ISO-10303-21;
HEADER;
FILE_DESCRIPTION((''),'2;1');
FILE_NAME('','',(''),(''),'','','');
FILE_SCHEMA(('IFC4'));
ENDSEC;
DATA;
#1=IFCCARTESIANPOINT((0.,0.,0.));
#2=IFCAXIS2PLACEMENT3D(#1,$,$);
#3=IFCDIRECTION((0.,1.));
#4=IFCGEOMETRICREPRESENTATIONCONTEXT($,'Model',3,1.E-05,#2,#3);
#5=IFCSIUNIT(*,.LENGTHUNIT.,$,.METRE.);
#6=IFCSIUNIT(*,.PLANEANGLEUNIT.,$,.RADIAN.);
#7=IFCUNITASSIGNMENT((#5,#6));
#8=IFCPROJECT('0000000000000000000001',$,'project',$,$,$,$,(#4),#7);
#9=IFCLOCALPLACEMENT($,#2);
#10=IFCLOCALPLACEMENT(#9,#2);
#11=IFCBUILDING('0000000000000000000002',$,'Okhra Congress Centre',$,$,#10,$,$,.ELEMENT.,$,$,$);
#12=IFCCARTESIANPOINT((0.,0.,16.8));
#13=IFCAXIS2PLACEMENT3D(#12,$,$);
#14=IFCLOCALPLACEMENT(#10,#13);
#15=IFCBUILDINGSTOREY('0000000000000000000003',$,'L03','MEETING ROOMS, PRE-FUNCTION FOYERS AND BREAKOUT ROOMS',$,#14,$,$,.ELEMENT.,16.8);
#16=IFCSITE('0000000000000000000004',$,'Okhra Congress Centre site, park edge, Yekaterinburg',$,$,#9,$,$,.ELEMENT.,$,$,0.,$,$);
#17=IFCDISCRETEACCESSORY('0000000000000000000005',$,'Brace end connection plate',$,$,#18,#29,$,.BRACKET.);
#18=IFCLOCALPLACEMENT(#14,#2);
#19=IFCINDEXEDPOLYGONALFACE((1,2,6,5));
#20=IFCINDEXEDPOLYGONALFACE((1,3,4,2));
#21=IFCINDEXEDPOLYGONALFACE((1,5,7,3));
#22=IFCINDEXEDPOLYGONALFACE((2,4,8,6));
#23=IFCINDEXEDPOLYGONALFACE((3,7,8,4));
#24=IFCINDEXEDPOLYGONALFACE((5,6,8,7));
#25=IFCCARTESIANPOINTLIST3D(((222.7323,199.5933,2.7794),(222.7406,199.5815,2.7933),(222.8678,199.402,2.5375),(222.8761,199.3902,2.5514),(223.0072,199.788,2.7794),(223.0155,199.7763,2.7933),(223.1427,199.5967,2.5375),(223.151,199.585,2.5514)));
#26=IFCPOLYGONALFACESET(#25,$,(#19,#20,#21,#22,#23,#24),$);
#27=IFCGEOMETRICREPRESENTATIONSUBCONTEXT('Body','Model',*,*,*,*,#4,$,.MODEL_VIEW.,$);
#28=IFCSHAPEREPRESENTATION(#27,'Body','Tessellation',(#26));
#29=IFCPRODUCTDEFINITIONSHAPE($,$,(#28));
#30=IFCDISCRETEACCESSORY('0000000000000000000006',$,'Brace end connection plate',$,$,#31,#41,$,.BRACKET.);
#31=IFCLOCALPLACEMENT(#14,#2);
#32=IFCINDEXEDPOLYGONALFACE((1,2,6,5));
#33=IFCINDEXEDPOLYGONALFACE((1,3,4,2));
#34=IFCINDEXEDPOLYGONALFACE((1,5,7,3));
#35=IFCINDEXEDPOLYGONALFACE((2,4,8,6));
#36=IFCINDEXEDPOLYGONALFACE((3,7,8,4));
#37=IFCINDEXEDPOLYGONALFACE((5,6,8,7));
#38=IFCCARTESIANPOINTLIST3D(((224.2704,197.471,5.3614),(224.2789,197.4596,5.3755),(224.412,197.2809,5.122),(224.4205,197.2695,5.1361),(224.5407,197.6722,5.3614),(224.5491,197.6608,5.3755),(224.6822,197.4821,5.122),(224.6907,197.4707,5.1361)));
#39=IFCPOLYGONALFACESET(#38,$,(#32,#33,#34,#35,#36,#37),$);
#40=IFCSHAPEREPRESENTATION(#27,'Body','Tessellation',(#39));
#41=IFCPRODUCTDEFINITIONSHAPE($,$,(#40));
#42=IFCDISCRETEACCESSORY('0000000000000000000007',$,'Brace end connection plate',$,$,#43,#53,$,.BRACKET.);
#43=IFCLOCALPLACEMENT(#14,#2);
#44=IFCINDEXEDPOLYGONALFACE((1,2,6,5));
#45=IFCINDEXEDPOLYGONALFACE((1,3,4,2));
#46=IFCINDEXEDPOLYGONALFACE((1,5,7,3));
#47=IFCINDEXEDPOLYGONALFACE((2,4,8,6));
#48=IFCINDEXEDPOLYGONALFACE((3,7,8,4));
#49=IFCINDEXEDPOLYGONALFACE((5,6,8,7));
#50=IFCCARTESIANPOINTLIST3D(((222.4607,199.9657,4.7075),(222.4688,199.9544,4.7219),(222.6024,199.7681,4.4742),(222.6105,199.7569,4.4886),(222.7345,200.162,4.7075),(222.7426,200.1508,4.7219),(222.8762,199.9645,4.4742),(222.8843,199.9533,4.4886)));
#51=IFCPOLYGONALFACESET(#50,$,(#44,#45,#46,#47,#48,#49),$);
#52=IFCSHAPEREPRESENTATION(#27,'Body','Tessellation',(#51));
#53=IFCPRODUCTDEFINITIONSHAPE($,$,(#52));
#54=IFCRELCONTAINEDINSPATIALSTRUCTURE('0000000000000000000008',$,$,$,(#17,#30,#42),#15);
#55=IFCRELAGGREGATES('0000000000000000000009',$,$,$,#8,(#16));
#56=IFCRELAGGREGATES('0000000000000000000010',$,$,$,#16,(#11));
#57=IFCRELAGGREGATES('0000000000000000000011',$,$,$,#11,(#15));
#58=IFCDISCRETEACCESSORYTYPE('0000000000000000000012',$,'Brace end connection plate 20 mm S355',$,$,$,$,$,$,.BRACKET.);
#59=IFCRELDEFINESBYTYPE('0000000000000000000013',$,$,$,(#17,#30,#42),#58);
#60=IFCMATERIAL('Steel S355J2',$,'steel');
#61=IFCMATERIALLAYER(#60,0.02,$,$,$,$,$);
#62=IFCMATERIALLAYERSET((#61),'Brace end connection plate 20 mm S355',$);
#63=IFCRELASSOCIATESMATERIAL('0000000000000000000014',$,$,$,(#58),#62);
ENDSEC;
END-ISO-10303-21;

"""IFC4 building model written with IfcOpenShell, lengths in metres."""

from ifc_helpers import new_model, si_unit, direction, frame, origin, origin_2d, place, context, subcontext, project, spatial, rectangle, extrude, material, layer, layer_set, type_object, element, save


model = new_model("IFC4")

# Units and contexts
model_context = context("Model", 3, precision=1e-05, world=origin(), true_north=direction((0.0, 1.0)))
body_context = subcontext(model_context, "Body", "Model", "MODEL_VIEW")
ifc_project = project(units=[si_unit("LENGTHUNIT", "METRE"), si_unit("PLANEANGLEUNIT", "RADIAN")], contexts=[model_context])

# Site, building, storey
site_placement = place(None, origin())
site = spatial("IfcSite", under=ifc_project, at=site_placement, Name="Okhra Congress Centre site, park edge, Yekaterinburg", CompositionType="ELEMENT", RefElevation=0.0)
building_placement = place(site_placement, origin())
building = spatial("IfcBuilding", under=site, at=building_placement, Name="Okhra Congress Centre", CompositionType="ELEMENT")
storey_placement = place(building_placement, frame((0.0, 0.0, 16.8)))
storey = spatial("IfcBuildingStorey", under=building, at=storey_placement, Name="L03", Description="MEETING ROOMS, PRE-FUNCTION FOYERS AND BREAKOUT ROOMS", CompositionType="ELEMENT", Elevation=16.8)

# Discrete accessories
ifc_material_1 = material(Name="Steel S355J2", Category="steel")
ifc_layer = layer(ifc_material_1, 0.02)
ifc_layer_set = layer_set([ifc_layer], Name="Brace end connection plate 20 mm S355")
discrete_accessory_type = type_object("IfcDiscreteAccessoryType", Name="Brace end connection plate 20 mm S355", PredefinedType="BRACKET", material=ifc_layer_set)
for number, where, z_axis, x_axis, name in (
    (1, (222.9458, 199.5833, 2.6724), (-0.415097, 0.58602, -0.695899), (-0.816024, -0.578017, 0.0), "Brace end connection plate"),
    (2, (224.4763, 197.4766, 5.2417), (0.4245, -0.570043, 0.703457), (0.802043, 0.597266, 0.0), "Brace end connection plate"),
    (3, (222.6685, 199.9651, 4.5908), (0.403581, -0.562568, 0.721554), (0.812538, 0.582908, 0.0), "Brace end connection plate"),
):
    element("IfcDiscreteAccessory", number, at=place(storey_placement, frame(where, z_axis=z_axis, x_axis=x_axis)), inside=storey, type_object=discrete_accessory_type, Name=name, PredefinedType="BRACKET", context=body_context, shape_type="SweptSolid", body=[
        extrude(rectangle(XDim=0.3369, YDim=0.3369, at=origin_2d()), origin(), (0.0, 0.0, 1.0), 0.02),
    ])

save(model, "model.ifc")
